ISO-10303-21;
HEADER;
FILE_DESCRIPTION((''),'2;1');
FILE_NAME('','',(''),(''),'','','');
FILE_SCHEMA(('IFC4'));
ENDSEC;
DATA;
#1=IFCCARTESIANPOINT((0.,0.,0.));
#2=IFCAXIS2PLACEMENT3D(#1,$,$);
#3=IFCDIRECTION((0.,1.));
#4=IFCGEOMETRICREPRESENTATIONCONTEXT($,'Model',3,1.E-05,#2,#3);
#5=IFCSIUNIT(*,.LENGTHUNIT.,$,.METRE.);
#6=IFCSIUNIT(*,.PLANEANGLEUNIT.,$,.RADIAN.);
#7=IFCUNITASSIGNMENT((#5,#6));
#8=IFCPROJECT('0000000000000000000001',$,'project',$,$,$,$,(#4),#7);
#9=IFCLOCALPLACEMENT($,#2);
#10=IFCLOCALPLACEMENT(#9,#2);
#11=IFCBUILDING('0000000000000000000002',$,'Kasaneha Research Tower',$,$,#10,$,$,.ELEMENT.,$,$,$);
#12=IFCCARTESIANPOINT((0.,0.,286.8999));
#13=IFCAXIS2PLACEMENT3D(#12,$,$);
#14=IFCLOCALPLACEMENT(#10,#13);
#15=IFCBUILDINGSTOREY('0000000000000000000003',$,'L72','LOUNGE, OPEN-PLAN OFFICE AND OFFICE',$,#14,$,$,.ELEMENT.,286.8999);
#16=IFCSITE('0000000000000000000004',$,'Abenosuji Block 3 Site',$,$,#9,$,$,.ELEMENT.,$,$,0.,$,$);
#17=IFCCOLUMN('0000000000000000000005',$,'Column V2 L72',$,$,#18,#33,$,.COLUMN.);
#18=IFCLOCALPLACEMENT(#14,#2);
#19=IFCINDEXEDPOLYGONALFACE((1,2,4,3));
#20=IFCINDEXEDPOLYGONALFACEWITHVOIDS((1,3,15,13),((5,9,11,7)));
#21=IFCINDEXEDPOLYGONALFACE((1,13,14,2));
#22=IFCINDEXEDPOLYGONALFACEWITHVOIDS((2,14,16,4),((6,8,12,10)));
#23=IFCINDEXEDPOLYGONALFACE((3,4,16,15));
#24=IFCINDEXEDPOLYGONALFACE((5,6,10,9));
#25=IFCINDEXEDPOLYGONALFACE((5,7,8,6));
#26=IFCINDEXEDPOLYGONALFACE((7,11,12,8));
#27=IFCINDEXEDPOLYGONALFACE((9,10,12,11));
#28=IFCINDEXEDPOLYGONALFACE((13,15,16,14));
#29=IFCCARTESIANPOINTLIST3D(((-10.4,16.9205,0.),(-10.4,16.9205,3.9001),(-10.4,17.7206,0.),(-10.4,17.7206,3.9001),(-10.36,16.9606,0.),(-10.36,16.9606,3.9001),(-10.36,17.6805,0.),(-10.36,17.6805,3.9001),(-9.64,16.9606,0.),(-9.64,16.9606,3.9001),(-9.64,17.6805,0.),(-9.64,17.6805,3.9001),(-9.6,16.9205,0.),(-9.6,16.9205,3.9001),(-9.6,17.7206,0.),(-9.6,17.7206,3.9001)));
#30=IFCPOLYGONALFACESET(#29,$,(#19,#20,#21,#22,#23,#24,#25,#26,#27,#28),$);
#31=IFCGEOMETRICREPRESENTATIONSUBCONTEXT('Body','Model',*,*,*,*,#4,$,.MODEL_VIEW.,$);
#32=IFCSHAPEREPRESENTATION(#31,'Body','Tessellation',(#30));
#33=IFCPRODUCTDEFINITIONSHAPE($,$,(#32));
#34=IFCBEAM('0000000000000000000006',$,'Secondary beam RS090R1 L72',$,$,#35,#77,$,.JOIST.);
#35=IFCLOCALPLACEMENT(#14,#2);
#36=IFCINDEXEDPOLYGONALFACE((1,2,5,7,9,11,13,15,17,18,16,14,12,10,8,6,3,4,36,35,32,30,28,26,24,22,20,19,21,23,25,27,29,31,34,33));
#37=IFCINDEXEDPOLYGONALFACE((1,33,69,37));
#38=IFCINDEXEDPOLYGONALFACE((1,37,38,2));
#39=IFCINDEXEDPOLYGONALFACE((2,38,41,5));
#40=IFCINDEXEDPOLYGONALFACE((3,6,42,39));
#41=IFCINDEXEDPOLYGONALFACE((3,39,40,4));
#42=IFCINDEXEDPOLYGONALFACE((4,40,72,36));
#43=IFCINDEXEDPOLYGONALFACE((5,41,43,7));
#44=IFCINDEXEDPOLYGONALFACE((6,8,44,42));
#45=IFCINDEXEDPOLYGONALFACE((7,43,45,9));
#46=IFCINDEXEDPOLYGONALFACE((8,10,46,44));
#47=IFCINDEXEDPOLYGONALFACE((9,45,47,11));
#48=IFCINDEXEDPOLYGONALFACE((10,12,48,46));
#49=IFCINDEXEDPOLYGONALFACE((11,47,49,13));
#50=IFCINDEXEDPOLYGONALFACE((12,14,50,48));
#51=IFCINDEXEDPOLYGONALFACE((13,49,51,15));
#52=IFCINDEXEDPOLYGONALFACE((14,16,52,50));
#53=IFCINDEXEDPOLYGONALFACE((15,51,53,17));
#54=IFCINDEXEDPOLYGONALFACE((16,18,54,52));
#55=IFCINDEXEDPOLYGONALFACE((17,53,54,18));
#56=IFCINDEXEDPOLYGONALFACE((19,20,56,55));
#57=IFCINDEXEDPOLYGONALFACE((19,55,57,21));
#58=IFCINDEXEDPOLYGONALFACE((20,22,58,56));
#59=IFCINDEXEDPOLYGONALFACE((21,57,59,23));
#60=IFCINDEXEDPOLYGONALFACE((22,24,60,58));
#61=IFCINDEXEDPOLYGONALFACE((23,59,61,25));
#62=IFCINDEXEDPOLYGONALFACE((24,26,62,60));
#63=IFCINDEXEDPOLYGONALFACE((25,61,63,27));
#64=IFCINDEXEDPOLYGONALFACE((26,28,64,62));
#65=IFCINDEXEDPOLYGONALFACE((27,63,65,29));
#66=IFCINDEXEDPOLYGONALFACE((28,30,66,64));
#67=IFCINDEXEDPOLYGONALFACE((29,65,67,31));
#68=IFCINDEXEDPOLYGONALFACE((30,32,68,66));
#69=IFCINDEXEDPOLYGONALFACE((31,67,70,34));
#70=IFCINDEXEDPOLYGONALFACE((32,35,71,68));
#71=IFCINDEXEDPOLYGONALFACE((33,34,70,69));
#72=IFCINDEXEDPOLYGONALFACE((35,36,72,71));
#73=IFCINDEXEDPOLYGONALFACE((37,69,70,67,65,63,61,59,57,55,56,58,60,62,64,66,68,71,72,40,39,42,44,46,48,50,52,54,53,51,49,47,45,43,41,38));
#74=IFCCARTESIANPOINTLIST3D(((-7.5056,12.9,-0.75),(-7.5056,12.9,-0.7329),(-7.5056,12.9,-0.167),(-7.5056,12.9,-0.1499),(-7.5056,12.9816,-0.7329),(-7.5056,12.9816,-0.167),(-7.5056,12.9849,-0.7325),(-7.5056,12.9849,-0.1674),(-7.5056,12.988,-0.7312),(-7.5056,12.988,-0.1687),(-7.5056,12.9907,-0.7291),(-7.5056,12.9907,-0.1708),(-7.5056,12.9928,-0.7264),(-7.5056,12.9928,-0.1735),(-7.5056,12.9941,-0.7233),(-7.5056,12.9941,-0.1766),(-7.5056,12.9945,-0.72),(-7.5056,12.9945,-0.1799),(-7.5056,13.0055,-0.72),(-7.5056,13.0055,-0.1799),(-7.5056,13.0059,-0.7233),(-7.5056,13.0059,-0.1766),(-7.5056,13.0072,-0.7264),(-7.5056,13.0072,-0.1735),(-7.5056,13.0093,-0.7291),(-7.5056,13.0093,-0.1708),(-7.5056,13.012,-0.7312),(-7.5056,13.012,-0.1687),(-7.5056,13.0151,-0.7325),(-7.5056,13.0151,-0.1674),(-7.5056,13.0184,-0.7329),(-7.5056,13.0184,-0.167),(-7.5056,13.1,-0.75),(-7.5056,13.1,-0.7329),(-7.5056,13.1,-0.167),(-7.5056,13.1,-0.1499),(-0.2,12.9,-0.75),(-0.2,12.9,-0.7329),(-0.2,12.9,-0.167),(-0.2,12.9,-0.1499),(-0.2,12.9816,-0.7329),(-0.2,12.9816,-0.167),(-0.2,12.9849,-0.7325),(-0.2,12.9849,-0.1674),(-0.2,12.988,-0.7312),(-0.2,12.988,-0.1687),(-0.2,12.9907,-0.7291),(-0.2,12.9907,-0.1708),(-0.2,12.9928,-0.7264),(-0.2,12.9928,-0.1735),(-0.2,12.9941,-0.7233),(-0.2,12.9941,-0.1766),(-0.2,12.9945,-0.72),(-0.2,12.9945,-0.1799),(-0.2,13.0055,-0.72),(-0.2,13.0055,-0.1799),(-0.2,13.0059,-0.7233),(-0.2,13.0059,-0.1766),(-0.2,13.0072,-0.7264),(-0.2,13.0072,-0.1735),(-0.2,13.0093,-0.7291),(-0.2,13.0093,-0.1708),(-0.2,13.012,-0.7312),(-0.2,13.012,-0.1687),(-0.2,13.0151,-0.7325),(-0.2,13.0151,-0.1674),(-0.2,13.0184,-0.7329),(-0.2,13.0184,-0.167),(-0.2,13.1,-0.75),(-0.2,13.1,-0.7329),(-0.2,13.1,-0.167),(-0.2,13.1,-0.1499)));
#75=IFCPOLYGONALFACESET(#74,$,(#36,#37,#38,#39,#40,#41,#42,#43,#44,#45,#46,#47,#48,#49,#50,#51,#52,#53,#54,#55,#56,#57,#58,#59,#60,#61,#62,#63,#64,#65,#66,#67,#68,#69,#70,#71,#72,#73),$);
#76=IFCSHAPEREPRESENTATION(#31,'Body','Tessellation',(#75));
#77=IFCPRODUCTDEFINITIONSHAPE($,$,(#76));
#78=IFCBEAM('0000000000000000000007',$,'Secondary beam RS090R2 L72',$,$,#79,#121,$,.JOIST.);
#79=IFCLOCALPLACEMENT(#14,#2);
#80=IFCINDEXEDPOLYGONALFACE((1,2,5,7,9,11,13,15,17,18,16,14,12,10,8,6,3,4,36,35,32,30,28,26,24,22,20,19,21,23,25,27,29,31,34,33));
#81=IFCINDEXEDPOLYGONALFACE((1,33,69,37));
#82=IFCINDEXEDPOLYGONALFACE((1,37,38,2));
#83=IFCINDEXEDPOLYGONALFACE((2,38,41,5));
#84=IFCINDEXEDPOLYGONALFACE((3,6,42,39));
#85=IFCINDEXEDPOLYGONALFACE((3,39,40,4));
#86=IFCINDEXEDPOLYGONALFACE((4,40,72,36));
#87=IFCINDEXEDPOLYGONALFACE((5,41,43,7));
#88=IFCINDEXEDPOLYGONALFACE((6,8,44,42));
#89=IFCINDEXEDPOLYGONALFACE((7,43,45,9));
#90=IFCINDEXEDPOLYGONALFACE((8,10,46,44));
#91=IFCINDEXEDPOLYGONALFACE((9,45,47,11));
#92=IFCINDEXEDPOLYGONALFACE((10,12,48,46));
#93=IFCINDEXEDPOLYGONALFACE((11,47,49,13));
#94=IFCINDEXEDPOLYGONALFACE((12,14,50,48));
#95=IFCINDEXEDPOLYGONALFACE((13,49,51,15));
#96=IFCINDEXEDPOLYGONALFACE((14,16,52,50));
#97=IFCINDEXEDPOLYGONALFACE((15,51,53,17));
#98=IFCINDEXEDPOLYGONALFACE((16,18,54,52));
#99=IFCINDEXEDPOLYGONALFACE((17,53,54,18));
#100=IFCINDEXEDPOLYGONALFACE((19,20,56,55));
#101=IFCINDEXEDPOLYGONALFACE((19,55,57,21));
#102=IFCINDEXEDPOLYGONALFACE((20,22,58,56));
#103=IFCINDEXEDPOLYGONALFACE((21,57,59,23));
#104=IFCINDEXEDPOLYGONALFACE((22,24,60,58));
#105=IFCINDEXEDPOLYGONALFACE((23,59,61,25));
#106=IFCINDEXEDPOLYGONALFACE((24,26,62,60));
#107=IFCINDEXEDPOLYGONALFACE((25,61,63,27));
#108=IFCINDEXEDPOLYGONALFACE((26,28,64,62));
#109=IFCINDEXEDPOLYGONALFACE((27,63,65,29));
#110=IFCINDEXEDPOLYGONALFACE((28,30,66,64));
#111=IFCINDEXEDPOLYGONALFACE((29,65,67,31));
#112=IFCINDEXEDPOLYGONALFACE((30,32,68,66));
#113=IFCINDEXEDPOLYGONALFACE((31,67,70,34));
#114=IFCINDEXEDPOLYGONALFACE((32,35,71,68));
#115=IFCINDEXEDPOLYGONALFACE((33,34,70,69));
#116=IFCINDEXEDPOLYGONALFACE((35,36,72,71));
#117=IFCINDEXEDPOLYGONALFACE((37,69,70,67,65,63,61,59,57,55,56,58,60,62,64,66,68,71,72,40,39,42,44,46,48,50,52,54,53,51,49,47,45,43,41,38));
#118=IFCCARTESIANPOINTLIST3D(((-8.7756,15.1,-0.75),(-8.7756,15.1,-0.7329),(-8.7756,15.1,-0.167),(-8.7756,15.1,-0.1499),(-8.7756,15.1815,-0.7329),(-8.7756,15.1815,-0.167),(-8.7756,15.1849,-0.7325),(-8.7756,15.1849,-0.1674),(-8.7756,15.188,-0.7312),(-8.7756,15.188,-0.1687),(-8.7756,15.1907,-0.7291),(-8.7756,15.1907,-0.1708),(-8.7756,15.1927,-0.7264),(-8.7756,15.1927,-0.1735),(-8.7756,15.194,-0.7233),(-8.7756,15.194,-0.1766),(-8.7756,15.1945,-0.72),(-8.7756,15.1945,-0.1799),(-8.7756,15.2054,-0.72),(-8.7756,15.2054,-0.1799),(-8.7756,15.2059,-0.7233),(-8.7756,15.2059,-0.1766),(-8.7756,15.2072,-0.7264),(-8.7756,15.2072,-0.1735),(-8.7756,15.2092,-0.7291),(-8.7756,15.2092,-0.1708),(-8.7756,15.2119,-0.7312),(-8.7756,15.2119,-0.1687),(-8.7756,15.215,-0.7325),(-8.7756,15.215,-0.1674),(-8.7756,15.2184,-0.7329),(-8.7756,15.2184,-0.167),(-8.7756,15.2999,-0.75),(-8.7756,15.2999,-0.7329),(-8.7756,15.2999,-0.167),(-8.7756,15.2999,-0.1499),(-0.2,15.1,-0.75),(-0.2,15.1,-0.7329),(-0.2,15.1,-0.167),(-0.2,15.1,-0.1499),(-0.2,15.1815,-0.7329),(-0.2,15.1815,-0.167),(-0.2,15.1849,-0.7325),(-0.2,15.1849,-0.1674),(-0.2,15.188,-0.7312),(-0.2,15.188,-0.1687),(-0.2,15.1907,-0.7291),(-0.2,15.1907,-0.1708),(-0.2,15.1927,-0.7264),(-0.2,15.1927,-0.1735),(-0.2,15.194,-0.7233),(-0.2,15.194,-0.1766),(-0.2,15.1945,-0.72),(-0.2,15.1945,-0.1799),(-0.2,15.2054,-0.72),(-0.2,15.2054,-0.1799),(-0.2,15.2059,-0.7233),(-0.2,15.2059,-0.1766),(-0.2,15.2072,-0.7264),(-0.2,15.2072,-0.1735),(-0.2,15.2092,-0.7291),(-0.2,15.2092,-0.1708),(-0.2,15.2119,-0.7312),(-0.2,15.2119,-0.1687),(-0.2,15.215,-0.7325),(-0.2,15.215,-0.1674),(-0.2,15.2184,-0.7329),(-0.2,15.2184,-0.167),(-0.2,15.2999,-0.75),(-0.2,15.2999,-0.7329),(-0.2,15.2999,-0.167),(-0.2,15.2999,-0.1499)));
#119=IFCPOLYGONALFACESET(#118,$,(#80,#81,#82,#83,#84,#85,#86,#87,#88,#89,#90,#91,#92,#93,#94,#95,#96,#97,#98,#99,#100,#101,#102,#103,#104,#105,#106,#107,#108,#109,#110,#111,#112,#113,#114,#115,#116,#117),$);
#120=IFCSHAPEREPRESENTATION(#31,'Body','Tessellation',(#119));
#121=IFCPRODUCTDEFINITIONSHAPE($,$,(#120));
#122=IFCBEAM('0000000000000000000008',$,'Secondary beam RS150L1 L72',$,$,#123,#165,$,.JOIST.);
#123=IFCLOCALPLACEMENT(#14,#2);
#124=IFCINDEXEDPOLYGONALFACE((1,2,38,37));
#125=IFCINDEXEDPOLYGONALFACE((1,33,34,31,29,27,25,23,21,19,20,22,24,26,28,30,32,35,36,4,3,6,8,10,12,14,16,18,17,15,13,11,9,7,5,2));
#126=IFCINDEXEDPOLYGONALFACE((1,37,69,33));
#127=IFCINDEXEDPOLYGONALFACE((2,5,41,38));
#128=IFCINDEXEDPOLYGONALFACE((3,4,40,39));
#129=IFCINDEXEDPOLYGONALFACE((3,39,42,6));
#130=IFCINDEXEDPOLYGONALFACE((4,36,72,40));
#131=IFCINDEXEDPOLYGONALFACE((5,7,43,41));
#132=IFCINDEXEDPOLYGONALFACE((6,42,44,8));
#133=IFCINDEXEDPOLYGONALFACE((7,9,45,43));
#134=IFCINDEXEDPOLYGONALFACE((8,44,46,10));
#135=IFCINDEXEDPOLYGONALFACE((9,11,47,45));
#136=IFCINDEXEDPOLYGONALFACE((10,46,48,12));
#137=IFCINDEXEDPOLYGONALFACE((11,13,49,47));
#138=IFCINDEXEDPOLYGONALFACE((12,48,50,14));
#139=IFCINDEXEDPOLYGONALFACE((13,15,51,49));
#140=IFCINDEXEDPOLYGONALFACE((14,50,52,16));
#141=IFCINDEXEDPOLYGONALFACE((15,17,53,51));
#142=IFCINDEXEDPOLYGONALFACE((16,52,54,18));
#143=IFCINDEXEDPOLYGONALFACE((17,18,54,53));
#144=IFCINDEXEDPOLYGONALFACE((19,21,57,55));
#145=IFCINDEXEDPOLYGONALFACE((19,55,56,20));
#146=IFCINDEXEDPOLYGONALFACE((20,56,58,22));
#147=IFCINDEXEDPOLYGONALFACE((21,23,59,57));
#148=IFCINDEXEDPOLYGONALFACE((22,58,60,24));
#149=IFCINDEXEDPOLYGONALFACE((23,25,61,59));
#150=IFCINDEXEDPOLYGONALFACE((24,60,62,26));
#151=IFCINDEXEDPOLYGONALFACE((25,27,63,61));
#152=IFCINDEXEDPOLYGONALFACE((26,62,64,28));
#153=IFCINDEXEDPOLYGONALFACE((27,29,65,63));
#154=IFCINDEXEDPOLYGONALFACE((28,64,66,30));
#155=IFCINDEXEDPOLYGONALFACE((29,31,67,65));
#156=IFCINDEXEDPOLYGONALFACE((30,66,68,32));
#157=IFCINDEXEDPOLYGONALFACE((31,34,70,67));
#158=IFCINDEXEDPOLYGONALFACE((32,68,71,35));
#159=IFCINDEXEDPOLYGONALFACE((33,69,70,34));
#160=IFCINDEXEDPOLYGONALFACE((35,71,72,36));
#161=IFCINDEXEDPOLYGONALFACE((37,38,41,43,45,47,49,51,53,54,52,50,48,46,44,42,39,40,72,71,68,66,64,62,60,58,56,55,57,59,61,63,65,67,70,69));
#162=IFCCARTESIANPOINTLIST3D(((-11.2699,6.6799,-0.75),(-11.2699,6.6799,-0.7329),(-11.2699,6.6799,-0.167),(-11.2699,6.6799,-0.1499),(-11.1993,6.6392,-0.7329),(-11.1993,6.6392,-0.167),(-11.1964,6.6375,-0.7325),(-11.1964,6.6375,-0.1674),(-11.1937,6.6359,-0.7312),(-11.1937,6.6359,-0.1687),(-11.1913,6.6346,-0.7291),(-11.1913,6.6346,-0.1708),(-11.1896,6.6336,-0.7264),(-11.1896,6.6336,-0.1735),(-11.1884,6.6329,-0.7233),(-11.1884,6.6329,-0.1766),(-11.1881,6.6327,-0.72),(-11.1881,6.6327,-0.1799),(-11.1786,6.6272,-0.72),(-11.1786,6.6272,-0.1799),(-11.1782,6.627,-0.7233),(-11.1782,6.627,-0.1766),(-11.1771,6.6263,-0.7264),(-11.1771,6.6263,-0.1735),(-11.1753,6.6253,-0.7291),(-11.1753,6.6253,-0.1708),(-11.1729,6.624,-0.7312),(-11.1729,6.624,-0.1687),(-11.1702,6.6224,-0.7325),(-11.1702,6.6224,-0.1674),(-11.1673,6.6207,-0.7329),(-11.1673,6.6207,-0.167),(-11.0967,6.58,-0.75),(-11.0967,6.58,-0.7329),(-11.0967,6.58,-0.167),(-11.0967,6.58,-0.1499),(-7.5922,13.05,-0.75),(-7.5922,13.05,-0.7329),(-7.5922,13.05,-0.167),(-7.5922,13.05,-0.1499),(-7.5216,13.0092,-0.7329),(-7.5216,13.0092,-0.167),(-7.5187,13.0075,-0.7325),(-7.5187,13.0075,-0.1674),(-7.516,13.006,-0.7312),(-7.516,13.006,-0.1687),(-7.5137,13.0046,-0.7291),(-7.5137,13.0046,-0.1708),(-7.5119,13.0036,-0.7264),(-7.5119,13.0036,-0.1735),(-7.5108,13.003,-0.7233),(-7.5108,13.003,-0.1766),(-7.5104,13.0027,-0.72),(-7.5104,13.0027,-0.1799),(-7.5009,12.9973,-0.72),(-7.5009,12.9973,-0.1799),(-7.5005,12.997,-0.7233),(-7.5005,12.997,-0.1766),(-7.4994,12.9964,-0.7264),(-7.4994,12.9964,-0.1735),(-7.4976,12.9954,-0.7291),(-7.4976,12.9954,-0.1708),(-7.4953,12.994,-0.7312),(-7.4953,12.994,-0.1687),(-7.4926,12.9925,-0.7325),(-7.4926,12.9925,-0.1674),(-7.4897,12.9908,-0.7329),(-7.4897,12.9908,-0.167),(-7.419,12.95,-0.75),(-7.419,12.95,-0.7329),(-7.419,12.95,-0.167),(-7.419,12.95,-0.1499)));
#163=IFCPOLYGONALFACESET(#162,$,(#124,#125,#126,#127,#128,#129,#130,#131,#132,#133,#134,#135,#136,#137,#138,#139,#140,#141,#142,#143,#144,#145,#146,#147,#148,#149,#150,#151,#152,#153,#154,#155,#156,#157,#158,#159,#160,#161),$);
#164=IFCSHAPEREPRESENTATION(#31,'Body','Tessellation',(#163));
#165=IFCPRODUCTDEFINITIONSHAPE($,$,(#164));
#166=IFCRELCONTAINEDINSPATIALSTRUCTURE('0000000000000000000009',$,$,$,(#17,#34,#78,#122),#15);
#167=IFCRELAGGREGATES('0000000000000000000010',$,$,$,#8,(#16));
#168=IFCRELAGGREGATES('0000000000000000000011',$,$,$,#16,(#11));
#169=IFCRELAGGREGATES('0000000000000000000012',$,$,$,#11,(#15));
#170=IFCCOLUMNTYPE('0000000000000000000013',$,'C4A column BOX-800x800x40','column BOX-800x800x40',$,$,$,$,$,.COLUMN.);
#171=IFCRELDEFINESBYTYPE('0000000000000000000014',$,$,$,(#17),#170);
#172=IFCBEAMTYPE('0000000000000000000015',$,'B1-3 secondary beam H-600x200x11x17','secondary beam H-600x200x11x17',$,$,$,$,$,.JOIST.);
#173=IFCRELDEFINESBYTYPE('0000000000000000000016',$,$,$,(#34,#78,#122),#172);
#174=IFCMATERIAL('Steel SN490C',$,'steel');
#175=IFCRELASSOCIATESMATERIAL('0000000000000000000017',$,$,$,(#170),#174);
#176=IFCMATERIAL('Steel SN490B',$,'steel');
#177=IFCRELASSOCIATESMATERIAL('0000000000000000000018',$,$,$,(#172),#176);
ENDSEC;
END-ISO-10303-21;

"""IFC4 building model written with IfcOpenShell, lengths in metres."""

from ifc_helpers import new_model, si_unit, direction, frame, origin, origin_2d, place, context, subcontext, project, spatial, hollow_rectangle, i_section, extrude, material, material_profile, profile_set, type_object, element, save


model = new_model("IFC4")

# Units and contexts
model_context = context("Model", 3, precision=1e-05, world=origin(), true_north=direction((0.0, 1.0)))
body_context = subcontext(model_context, "Body", "Model", "MODEL_VIEW")
ifc_project = project(units=[si_unit("LENGTHUNIT", "METRE"), si_unit("PLANEANGLEUNIT", "RADIAN")], contexts=[model_context])

# Site, building, storey
site_placement = place(None, origin())
site = spatial("IfcSite", under=ifc_project, at=site_placement, Name="Abenosuji Block 3 Site", CompositionType="ELEMENT", RefElevation=0.0)
building_placement = place(site_placement, origin())
building = spatial("IfcBuilding", under=site, at=building_placement, Name="Kasaneha Research Tower", CompositionType="ELEMENT")
storey_placement = place(building_placement, frame((0.0, 0.0, 286.8999)))
storey = spatial("IfcBuildingStorey", under=building, at=storey_placement, Name="L72", Description="LOUNGE, OPEN-PLAN OFFICE AND OFFICE", CompositionType="ELEMENT", Elevation=286.8999)

# Column
ifc_material_1 = material(Name="Steel SN490C", Category="steel")
ifc_material_profile_1 = material_profile(ifc_material_1, hollow_rectangle(XDim=0.8, YDim=0.8, WallThickness=0.04, at=origin_2d()), Name="BOX-800x800x40")
ifc_profile_set_1 = profile_set([ifc_material_profile_1], Name="Steel SN490C")
column_type = type_object("IfcColumnType", Name="C4A column BOX-800x800x40", Description="column BOX-800x800x40", PredefinedType="COLUMN", material=ifc_profile_set_1)
column_placement = place(storey_placement, frame((-10.0, 17.3206, 0.0), z_axis=(0.0, 0.0, 1.0), x_axis=(1.0, 0.0, 0.0)))
element("IfcColumn", 1, at=column_placement, inside=storey, type_object=column_type, Name="Column V2 L72", PredefinedType="COLUMN", context=body_context, shape_type="SweptSolid", body=[
    extrude(hollow_rectangle(XDim=0.8, YDim=0.8, WallThickness=0.04, at=origin_2d()), origin(), (0.0, 0.0, 1.0), 3.9001),
])

# Beams
ifc_material_2 = material(Name="Steel SN490B", Category="steel")
ifc_material_profile_2 = material_profile(ifc_material_2, i_section(OverallWidth=0.2, OverallDepth=0.6001, WebThickness=0.011, FlangeThickness=0.0171, FilletRadius=0.0129, at=origin_2d()), Name="H-600x200x11x17")
ifc_profile_set_2 = profile_set([ifc_material_profile_2], Name="Steel SN490B")
beam_type_1 = type_object("IfcBeamType", Name="B1-3 secondary beam H-600x200x11x17", Description="secondary beam H-600x200x11x17", PredefinedType="JOIST", material=ifc_profile_set_2)
beam_1_placement = place(storey_placement, frame((-7.5056, 13.0, -0.45), z_axis=(1.0, 0.0, 0.0), x_axis=(0.0, 1.0, 0.0)))
element("IfcBeam", 2, at=beam_1_placement, inside=storey, type_object=beam_type_1, Name="Secondary beam RS090R1 L72", PredefinedType="JOIST", context=body_context, shape_type="SweptSolid", body=[
    extrude(i_section(OverallWidth=0.2, OverallDepth=0.6001, WebThickness=0.011, FlangeThickness=0.0171, FilletRadius=0.0129, at=origin_2d()), origin(), (0.0, 0.0, 1.0), 7.3057),
])
beam_2_placement = place(storey_placement, frame((-8.7756, 15.2, -0.45), z_axis=(1.0, 0.0, 0.0), x_axis=(0.0, 1.0, 0.0)))
element("IfcBeam", 3, at=beam_2_placement, inside=storey, type_object=beam_type_1, Name="Secondary beam RS090R2 L72", PredefinedType="JOIST", context=body_context, shape_type="SweptSolid", body=[
    extrude(i_section(OverallWidth=0.2, OverallDepth=0.6001, WebThickness=0.011, FlangeThickness=0.0171, FilletRadius=0.0129, at=origin_2d()), origin(), (0.0, 0.0, 1.0), 8.5757),
])
beam_3_placement = place(storey_placement, frame((-7.5056, 13.0, -0.45), z_axis=(-0.499994, -0.866029, 0.0), x_axis=(0.866029, -0.499994, 0.0)))
element("IfcBeam", 4, at=beam_3_placement, inside=storey, type_object=beam_type_1, Name="Secondary beam RS150L1 L72", PredefinedType="JOIST", context=body_context, shape_type="SweptSolid", body=[
    extrude(i_section(OverallWidth=0.2, OverallDepth=0.6001, WebThickness=0.011, FlangeThickness=0.0171, FilletRadius=0.0129, at=origin_2d()), origin(), (0.0, 0.0, 1.0), 7.3555),
])

save(model, "model.ifc")
